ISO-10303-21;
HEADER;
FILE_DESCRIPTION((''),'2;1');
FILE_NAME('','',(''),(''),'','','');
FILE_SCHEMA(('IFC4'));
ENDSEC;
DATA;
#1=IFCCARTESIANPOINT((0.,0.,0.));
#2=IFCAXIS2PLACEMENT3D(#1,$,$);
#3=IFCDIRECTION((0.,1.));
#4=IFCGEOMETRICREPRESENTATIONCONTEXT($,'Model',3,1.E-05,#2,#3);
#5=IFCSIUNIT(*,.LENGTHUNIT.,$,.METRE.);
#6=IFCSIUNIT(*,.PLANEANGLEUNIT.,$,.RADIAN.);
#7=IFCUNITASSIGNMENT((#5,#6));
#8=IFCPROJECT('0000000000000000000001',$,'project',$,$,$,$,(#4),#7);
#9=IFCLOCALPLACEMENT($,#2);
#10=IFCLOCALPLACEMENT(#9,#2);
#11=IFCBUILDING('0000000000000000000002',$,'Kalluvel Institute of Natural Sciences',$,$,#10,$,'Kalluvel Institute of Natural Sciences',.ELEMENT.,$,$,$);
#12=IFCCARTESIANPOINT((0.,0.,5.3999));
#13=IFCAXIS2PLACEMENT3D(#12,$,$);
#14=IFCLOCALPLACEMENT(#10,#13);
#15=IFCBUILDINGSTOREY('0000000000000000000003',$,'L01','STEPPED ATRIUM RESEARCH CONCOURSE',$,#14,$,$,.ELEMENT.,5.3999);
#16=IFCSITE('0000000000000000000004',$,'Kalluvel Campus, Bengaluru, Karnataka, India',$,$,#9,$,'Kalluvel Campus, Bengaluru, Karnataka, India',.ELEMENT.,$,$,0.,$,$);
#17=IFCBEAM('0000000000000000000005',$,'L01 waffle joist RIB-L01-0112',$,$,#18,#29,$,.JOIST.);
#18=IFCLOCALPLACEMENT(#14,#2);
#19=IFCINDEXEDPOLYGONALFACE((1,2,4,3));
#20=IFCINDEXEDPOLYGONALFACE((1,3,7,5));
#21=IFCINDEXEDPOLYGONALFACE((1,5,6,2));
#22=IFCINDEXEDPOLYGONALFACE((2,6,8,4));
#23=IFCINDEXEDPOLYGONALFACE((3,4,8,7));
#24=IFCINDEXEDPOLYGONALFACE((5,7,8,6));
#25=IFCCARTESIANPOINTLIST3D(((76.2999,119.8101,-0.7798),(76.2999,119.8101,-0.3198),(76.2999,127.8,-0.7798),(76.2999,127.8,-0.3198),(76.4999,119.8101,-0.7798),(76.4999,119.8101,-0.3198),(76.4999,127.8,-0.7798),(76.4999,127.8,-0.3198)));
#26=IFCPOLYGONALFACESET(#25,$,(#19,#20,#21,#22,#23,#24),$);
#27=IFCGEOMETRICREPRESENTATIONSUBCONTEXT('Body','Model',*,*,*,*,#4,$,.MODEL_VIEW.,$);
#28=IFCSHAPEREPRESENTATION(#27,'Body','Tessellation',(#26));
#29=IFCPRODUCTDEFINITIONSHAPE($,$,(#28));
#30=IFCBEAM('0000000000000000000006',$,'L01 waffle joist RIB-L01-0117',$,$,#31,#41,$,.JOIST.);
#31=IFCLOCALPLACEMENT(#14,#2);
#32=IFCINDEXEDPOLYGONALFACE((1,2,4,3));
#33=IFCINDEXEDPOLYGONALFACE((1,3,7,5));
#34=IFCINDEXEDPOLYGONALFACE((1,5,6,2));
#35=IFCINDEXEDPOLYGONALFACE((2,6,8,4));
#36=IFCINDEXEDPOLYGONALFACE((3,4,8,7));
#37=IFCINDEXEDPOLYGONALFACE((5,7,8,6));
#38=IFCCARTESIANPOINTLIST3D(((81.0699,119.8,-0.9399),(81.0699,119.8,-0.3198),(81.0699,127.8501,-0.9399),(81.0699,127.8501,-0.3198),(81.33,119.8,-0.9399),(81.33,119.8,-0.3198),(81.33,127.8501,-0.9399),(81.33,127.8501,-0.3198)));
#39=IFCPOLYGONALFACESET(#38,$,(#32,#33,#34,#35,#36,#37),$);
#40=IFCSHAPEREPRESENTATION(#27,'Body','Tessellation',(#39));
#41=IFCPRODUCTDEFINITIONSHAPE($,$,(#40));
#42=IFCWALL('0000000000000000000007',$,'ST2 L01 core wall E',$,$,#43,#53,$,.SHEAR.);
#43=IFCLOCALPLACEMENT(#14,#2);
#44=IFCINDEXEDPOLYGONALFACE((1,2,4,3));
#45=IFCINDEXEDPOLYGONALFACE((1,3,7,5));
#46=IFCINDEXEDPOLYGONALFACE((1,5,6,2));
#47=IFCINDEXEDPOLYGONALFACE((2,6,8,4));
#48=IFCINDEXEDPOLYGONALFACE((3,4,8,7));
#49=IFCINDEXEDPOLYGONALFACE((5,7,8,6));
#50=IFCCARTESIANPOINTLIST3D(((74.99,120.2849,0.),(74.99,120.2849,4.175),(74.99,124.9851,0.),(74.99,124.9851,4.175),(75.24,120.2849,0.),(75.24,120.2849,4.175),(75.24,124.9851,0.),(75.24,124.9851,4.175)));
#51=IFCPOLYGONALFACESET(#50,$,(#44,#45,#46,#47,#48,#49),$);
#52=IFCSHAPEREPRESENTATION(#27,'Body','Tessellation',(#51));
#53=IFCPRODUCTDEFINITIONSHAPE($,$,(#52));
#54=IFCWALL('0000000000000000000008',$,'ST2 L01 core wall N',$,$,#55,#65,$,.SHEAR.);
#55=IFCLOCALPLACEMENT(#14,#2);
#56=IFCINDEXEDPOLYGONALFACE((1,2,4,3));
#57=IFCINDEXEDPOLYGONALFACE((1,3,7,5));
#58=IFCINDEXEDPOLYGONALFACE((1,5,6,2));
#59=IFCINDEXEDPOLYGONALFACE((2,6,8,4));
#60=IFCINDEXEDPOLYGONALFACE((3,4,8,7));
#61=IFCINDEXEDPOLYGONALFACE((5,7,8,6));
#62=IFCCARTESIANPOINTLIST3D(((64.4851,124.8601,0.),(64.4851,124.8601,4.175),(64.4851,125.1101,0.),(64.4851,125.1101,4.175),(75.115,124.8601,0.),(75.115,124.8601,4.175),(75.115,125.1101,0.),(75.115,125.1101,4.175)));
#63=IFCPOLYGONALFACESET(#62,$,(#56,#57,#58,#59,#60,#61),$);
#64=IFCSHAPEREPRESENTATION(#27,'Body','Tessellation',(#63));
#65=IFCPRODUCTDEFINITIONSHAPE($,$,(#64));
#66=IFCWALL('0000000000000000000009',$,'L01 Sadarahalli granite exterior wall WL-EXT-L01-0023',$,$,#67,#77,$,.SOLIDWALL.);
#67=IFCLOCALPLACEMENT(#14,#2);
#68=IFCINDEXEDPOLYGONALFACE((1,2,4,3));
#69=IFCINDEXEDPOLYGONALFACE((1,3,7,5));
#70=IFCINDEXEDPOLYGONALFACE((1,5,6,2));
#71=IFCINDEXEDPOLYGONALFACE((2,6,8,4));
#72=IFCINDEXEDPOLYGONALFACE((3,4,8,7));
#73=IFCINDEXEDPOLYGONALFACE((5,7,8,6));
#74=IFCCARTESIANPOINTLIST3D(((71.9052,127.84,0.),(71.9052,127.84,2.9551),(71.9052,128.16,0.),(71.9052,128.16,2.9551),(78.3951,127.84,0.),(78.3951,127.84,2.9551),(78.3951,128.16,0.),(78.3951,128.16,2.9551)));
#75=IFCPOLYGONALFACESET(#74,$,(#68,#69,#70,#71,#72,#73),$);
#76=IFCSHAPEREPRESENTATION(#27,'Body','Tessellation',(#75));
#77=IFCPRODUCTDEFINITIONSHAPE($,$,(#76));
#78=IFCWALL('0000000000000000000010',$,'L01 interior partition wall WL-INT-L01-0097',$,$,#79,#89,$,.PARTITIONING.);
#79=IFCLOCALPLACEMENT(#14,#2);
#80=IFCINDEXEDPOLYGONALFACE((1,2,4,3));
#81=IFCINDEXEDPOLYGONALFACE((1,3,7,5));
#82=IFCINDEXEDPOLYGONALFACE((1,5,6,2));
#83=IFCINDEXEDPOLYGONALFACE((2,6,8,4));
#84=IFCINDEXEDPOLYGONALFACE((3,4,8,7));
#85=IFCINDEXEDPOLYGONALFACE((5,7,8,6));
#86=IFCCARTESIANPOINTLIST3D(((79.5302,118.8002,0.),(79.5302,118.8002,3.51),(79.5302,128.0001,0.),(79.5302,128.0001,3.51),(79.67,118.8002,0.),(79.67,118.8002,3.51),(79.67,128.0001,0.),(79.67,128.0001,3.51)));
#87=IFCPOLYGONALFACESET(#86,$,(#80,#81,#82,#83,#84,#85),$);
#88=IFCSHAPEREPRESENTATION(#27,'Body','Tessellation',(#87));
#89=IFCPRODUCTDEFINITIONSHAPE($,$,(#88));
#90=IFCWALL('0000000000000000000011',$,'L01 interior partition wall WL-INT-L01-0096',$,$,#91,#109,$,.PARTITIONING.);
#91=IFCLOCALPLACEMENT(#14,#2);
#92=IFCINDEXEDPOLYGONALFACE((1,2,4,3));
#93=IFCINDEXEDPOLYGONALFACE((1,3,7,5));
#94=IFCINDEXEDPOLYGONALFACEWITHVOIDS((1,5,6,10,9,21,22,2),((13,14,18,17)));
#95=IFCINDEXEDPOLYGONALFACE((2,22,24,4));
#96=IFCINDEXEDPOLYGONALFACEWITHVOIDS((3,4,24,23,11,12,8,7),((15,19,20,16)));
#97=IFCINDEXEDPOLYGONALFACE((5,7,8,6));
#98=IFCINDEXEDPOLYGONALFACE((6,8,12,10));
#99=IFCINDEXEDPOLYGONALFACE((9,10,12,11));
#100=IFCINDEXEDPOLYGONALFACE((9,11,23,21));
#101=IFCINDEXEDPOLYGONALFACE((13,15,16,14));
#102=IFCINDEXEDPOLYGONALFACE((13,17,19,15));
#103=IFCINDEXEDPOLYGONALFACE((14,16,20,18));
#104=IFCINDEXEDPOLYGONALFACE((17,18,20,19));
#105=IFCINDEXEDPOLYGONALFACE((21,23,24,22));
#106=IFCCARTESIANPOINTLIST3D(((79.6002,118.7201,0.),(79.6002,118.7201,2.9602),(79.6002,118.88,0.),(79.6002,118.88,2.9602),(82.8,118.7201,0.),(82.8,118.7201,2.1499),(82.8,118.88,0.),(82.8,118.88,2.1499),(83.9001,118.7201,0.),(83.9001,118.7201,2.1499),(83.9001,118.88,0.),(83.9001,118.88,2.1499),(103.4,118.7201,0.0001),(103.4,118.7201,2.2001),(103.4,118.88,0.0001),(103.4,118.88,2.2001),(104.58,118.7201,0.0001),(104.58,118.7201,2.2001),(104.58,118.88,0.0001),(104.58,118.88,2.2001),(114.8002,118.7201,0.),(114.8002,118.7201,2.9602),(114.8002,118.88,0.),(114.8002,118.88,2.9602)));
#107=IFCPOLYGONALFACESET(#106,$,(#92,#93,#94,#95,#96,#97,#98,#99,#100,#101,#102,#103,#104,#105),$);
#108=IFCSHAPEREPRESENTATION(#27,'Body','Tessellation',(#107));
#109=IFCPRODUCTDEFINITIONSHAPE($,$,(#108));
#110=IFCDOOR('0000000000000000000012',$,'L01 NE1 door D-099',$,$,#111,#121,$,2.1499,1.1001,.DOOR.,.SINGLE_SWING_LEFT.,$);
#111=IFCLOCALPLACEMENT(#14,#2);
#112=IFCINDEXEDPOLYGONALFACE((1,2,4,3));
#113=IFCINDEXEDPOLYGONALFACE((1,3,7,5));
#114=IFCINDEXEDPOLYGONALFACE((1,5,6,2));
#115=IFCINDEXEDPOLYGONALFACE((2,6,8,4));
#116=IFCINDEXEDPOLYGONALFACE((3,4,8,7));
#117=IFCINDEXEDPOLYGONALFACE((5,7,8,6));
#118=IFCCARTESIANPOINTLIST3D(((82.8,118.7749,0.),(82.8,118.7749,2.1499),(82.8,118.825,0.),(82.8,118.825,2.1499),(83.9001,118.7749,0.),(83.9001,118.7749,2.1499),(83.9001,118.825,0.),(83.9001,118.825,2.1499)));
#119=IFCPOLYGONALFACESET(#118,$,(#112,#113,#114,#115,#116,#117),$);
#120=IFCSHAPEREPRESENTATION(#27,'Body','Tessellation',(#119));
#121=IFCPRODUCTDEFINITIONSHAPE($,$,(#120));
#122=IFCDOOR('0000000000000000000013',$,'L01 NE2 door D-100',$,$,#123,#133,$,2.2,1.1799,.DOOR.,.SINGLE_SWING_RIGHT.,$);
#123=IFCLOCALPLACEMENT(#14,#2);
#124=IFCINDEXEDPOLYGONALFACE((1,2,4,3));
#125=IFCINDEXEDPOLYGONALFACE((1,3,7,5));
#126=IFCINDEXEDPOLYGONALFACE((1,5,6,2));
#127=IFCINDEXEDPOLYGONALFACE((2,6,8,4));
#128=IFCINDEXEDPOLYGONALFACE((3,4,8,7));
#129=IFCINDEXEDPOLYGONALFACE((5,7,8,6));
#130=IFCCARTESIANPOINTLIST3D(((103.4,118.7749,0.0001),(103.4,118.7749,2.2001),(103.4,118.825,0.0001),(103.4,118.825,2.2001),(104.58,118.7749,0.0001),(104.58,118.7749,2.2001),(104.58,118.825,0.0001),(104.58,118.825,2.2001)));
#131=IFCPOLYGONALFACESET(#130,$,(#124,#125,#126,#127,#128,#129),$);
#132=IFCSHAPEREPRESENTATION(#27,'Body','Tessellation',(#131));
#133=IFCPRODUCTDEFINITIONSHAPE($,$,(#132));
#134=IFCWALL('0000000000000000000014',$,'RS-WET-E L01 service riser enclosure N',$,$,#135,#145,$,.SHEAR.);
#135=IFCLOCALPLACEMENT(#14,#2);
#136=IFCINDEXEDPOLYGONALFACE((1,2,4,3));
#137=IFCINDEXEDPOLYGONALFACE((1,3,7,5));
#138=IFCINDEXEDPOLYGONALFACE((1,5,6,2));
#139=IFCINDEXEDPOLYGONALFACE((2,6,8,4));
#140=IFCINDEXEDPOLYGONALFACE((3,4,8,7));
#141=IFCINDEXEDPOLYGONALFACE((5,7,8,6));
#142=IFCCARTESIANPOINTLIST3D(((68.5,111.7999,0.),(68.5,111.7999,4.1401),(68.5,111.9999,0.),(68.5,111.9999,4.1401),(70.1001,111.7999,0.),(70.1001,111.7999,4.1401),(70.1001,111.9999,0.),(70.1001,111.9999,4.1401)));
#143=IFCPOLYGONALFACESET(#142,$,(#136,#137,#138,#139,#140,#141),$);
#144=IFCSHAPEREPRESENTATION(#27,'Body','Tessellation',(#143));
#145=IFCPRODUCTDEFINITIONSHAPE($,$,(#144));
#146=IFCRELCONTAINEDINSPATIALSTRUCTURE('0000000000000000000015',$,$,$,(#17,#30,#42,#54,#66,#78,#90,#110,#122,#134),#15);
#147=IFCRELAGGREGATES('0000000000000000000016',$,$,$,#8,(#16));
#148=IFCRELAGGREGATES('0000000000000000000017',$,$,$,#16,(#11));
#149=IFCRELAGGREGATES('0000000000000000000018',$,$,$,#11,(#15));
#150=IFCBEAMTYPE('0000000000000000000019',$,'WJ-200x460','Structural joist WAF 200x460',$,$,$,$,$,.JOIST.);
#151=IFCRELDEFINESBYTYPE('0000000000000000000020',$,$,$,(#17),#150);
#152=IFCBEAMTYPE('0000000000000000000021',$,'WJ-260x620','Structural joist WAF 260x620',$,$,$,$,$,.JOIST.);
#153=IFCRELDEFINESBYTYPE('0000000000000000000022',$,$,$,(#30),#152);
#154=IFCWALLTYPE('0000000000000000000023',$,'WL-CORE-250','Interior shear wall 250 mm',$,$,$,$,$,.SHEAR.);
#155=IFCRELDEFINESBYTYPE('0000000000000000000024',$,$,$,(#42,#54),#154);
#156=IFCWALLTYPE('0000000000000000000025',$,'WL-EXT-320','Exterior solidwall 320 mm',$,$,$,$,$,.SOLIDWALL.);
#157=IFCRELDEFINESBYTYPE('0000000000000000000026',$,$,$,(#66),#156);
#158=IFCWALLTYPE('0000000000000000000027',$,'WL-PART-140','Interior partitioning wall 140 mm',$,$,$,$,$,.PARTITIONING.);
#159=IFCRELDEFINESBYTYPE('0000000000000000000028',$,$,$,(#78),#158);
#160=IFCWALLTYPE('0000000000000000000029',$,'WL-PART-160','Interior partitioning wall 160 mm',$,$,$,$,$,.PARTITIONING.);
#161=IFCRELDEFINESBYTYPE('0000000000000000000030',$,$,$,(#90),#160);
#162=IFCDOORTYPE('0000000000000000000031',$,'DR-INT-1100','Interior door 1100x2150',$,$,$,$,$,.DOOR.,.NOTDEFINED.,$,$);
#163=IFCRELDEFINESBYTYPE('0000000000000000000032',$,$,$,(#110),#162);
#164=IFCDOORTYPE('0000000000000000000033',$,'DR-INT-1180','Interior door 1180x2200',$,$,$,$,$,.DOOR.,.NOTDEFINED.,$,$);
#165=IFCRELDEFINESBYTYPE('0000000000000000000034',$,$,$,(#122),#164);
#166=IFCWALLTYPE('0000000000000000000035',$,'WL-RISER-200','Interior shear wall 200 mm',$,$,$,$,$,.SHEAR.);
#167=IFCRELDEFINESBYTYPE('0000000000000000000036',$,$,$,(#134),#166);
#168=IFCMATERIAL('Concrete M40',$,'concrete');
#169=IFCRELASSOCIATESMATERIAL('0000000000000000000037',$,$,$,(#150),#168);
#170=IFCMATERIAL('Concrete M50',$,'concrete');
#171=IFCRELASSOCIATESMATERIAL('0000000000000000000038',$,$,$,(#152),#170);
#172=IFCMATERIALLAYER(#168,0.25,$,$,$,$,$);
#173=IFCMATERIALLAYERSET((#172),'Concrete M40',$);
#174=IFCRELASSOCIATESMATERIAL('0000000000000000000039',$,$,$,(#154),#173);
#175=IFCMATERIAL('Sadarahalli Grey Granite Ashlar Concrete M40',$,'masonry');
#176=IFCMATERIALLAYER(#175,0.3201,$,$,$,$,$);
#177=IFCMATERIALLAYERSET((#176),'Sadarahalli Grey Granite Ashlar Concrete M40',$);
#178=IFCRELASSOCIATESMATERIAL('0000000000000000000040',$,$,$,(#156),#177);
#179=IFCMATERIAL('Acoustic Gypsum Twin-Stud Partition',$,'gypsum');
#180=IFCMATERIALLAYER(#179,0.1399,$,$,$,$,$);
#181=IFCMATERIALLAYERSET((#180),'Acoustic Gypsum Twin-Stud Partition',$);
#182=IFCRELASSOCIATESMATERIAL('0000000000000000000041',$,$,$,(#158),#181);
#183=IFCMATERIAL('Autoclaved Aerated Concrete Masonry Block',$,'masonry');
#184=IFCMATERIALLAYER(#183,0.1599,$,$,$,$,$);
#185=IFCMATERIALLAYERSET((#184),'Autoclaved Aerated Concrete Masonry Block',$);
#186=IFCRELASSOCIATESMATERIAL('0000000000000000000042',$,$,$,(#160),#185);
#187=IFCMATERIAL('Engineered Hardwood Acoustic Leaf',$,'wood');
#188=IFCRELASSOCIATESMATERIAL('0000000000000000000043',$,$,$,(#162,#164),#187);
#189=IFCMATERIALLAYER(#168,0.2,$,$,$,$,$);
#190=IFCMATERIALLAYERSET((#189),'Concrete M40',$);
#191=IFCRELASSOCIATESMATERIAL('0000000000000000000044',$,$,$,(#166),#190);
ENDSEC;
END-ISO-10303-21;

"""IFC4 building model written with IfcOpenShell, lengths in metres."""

from ifc_helpers import new_model, si_unit, direction, frame, frame_2d, origin, origin_2d, place, context, subcontext, project, spatial, rectangle, extrude, material, layer, layer_set, material_profile, profile_set, type_object, element, fill, save


model = new_model("IFC4")

# Units and contexts
model_context = context("Model", 3, precision=1e-05, world=origin(), true_north=direction((0.0, 1.0)))
body_context = subcontext(model_context, "Body", "Model", "MODEL_VIEW")
ifc_project = project(units=[si_unit("LENGTHUNIT", "METRE"), si_unit("PLANEANGLEUNIT", "RADIAN")], contexts=[model_context])

# Site, building, storey
site_placement = place(None, origin())
site = spatial("IfcSite", under=ifc_project, at=site_placement, Name="Kalluvel Campus, Bengaluru, Karnataka, India", LongName="Kalluvel Campus, Bengaluru, Karnataka, India", CompositionType="ELEMENT", RefElevation=0.0)
building_placement = place(site_placement, origin())
building = spatial("IfcBuilding", under=site, at=building_placement, Name="Kalluvel Institute of Natural Sciences", LongName="Kalluvel Institute of Natural Sciences", CompositionType="ELEMENT")
storey_placement = place(building_placement, frame((0.0, 0.0, 5.3999)))
storey = spatial("IfcBuildingStorey", under=building, at=storey_placement, Name="L01", Description="STEPPED ATRIUM RESEARCH CONCOURSE", CompositionType="ELEMENT", Elevation=5.3999)

# Shared definitions
ifc_material_1 = material(Name="Concrete M50", Category="concrete")

# Beams
ifc_material_2 = material(Name="Concrete M40", Category="concrete")
ifc_material_profile_1 = material_profile(ifc_material_2, rectangle(XDim=0.2, YDim=0.46, at=origin_2d()), Name="WAF 200x460")
ifc_profile_set_1 = profile_set([ifc_material_profile_1], Name="Concrete M40")
beam_type_1 = type_object("IfcBeamType", Name="WJ-200x460", Description="Structural joist WAF 200x460", PredefinedType="JOIST", material=ifc_profile_set_1)
beam_1_placement = place(storey_placement, frame((76.3999, 119.8101, -0.5498), z_axis=(0.0, 1.0, 0.0), x_axis=(-1.0, 0.0, 0.0)))
element("IfcBeam", 1, at=beam_1_placement, inside=storey, type_object=beam_type_1, Name="L01 waffle joist RIB-L01-0112", PredefinedType="JOIST", context=body_context, shape_type="SweptSolid", body=[
    extrude(rectangle(XDim=0.2, YDim=0.46, at=origin_2d()), origin(), (0.0, 0.0, 1.0), 7.99),
])
ifc_material_profile_2 = material_profile(ifc_material_1, rectangle(XDim=0.26, YDim=0.6201, at=origin_2d()), Name="WAF 260x620")
ifc_profile_set_2 = profile_set([ifc_material_profile_2], Name="Concrete M50")
beam_type_2 = type_object("IfcBeamType", Name="WJ-260x620", Description="Structural joist WAF 260x620", PredefinedType="JOIST", material=ifc_profile_set_2)
beam_2_placement = place(storey_placement, frame((81.2, 119.8, -0.6299), z_axis=(0.0, 1.0, 0.0), x_axis=(-1.0, 0.0, 0.0)))
element("IfcBeam", 2, at=beam_2_placement, inside=storey, type_object=beam_type_2, Name="L01 waffle joist RIB-L01-0117", PredefinedType="JOIST", context=body_context, shape_type="SweptSolid", body=[
    extrude(rectangle(XDim=0.26, YDim=0.6201, at=origin_2d()), origin(), (0.0, 0.0, 1.0), 8.05),
])

# Walls
ifc_layer_1 = layer(ifc_material_2, 0.25)
ifc_layer_set_1 = layer_set([ifc_layer_1], Name="Concrete M40")
wall_type_1 = type_object("IfcWallType", Name="WL-CORE-250", Description="Interior shear wall 250 mm", PredefinedType="SHEAR", material=ifc_layer_set_1)
wall_1_placement = place(storey_placement, frame((75.115, 120.2849, 0.0), z_axis=(0.0, 0.0, 1.0), x_axis=(0.0, 1.0, 0.0)))
element("IfcWall", 3, at=wall_1_placement, inside=storey, type_object=wall_type_1, Name="ST2 L01 core wall E", PredefinedType="SHEAR", context=body_context, shape_type="SweptSolid", body=[
    extrude(rectangle(XDim=4.7002, YDim=0.25, at=frame_2d((2.3501, 0.0))), origin(), (0.0, 0.0, 1.0), 4.175),
])
wall_2_placement = place(storey_placement, frame((75.115, 124.9851, 0.0), z_axis=(0.0, 0.0, 1.0), x_axis=(-1.0, 0.0, 0.0)))
element("IfcWall", 4, at=wall_2_placement, inside=storey, type_object=wall_type_1, Name="ST2 L01 core wall N", PredefinedType="SHEAR", context=body_context, shape_type="SweptSolid", body=[
    extrude(rectangle(XDim=10.6299, YDim=0.25, at=frame_2d((5.3149, 0.0))), origin(), (0.0, 0.0, 1.0), 4.175),
])
ifc_material_3 = material(Name="Sadarahalli Grey Granite Ashlar Concrete M40", Category="masonry")
ifc_layer_2 = layer(ifc_material_3, 0.3201)
ifc_layer_set_2 = layer_set([ifc_layer_2], Name="Sadarahalli Grey Granite Ashlar Concrete M40")
wall_type_2 = type_object("IfcWallType", Name="WL-EXT-320", Description="Exterior solidwall 320 mm", PredefinedType="SOLIDWALL", material=ifc_layer_set_2)
wall_3_placement = place(storey_placement, frame((71.905, 128.0, 0.0), z_axis=(0.0, 0.0, 1.0), x_axis=(1.0, 0.0, 0.0)))
element("IfcWall", 5, at=wall_3_placement, inside=storey, type_object=wall_type_2, Name="L01 Sadarahalli granite exterior wall WL-EXT-L01-0023", PredefinedType="SOLIDWALL", context=body_context, shape_type="SweptSolid", body=[
    extrude(rectangle(XDim=6.49, YDim=0.3201, at=frame_2d((3.2451, 0.0))), origin(), (0.0, 0.0, 1.0), 2.9551),
])
ifc_material_4 = material(Name="Acoustic Gypsum Twin-Stud Partition", Category="gypsum")
ifc_layer_3 = layer(ifc_material_4, 0.1399)
ifc_layer_set_3 = layer_set([ifc_layer_3], Name="Acoustic Gypsum Twin-Stud Partition")
wall_type_3 = type_object("IfcWallType", Name="WL-PART-140", Description="Interior partitioning wall 140 mm", PredefinedType="PARTITIONING", material=ifc_layer_set_3)
wall_4_placement = place(storey_placement, frame((79.6001, 118.8, 0.0), z_axis=(0.0, 0.0, 1.0), x_axis=(0.0, 1.0, 0.0)))
element("IfcWall", 6, at=wall_4_placement, inside=storey, type_object=wall_type_3, Name="L01 interior partition wall WL-INT-L01-0097", PredefinedType="PARTITIONING", context=body_context, shape_type="SweptSolid", body=[
    extrude(rectangle(XDim=9.2, YDim=0.1399, at=frame_2d((4.6001, 0.0))), origin(), (0.0, 0.0, 1.0), 3.51),
])

# Wall, openings, doors
ifc_material_5 = material(Name="Autoclaved Aerated Concrete Masonry Block", Category="masonry")
ifc_layer_4 = layer(ifc_material_5, 0.1599)
ifc_layer_set_4 = layer_set([ifc_layer_4], Name="Autoclaved Aerated Concrete Masonry Block")
wall_type_4 = type_object("IfcWallType", Name="WL-PART-160", Description="Interior partitioning wall 160 mm", PredefinedType="PARTITIONING", material=ifc_layer_set_4)
wall_5_placement = place(storey_placement, frame((79.6001, 118.8, 0.0), z_axis=(0.0, 0.0, 1.0), x_axis=(1.0, 0.0, 0.0)))
wall_5 = element("IfcWall", 7, at=wall_5_placement, inside=storey, type_object=wall_type_4, Name="L01 interior partition wall WL-INT-L01-0096", PredefinedType="PARTITIONING", context=body_context, shape_type="SweptSolid", body=[
    extrude(rectangle(XDim=35.2, YDim=0.1599, at=frame_2d((17.6001, 0.0))), origin(), (0.0, 0.0, 1.0), 2.9602),
])
opening_1_placement = place(wall_5_placement, frame((3.2, 0.0, 0.0)))
opening_1 = element("IfcOpeningElement", 8, at=opening_1_placement, cuts=wall_5, PredefinedType="OPENING", context=body_context, shape_type="SweptSolid", body=[
    extrude(rectangle(XDim=1.1001, YDim=2.1499, at=frame_2d((0.55, 1.075))), frame((0.0, 0.0898, 0.0), z_axis=(0.0, -1.0, 0.0), x_axis=(1.0, 0.0, 0.0)), (0.0, 0.0, 1.0), 0.1799),
])
opening_2_placement = place(wall_5_placement, frame((23.8, 0.0, 0.0)))
opening_2 = element("IfcOpeningElement", 9, at=opening_2_placement, cuts=wall_5, PredefinedType="OPENING", context=body_context, shape_type="SweptSolid", body=[
    extrude(rectangle(XDim=1.1799, YDim=2.2, at=frame_2d((0.5898, 1.1001))), frame((0.0, 0.0898, 0.0), z_axis=(0.0, -1.0, 0.0), x_axis=(1.0, 0.0, 0.0)), (0.0, 0.0, 1.0), 0.1799),
])
ifc_material_6 = material(Name="Engineered Hardwood Acoustic Leaf", Category="wood")
door_type_1 = type_object("IfcDoorType", Name="DR-INT-1100", Description="Interior door 1100x2150", OperationType="NOTDEFINED", PredefinedType="DOOR", material=ifc_material_6)
door_1_placement = place(opening_1_placement, origin())
door_1 = element("IfcDoor", 10, at=door_1_placement, inside=storey, type_object=door_type_1, Name="L01 NE1 door D-099", OperationType="SINGLE_SWING_LEFT", OverallHeight=2.1499, OverallWidth=1.1001, PredefinedType="DOOR", context=body_context, shape_type="SweptSolid", body=[
    extrude(rectangle(XDim=1.1001, YDim=2.1499, at=frame_2d((0.55, 1.075))), frame((0.0, 0.0249, 0.0), z_axis=(0.0, -1.0, 0.0), x_axis=(1.0, 0.0, 0.0)), (0.0, 0.0, 1.0), 0.05),
])
fill(opening_1, door_1)
door_type_2 = type_object("IfcDoorType", Name="DR-INT-1180", Description="Interior door 1180x2200", OperationType="NOTDEFINED", PredefinedType="DOOR", material=ifc_material_6)
door_2_placement = place(opening_2_placement, origin())
door_2 = element("IfcDoor", 11, at=door_2_placement, inside=storey, type_object=door_type_2, Name="L01 NE2 door D-100", OperationType="SINGLE_SWING_RIGHT", OverallHeight=2.2, OverallWidth=1.1799, PredefinedType="DOOR", context=body_context, shape_type="SweptSolid", body=[
    extrude(rectangle(XDim=1.1799, YDim=2.2, at=frame_2d((0.5898, 1.1001))), frame((0.0, 0.0249, 0.0), z_axis=(0.0, -1.0, 0.0), x_axis=(1.0, 0.0, 0.0)), (0.0, 0.0, 1.0), 0.05),
])
fill(opening_2, door_2)

# Wall
ifc_layer_5 = layer(ifc_material_2, 0.2)
ifc_layer_set_5 = layer_set([ifc_layer_5], Name="Concrete M40")
wall_type_5 = type_object("IfcWallType", Name="WL-RISER-200", Description="Interior shear wall 200 mm", PredefinedType="SHEAR", material=ifc_layer_set_5)
wall_6_placement = place(storey_placement, frame((70.1001, 111.8999, 0.0), z_axis=(0.0, 0.0, 1.0), x_axis=(-1.0, 0.0, 0.0)))
element("IfcWall", 12, at=wall_6_placement, inside=storey, type_object=wall_type_5, Name="RS-WET-E L01 service riser enclosure N", PredefinedType="SHEAR", context=body_context, shape_type="SweptSolid", body=[
    extrude(rectangle(XDim=1.6001, YDim=0.2, at=frame_2d((0.8, 0.0))), origin(), (0.0, 0.0, 1.0), 4.1401),
])

save(model, "model.ifc")
